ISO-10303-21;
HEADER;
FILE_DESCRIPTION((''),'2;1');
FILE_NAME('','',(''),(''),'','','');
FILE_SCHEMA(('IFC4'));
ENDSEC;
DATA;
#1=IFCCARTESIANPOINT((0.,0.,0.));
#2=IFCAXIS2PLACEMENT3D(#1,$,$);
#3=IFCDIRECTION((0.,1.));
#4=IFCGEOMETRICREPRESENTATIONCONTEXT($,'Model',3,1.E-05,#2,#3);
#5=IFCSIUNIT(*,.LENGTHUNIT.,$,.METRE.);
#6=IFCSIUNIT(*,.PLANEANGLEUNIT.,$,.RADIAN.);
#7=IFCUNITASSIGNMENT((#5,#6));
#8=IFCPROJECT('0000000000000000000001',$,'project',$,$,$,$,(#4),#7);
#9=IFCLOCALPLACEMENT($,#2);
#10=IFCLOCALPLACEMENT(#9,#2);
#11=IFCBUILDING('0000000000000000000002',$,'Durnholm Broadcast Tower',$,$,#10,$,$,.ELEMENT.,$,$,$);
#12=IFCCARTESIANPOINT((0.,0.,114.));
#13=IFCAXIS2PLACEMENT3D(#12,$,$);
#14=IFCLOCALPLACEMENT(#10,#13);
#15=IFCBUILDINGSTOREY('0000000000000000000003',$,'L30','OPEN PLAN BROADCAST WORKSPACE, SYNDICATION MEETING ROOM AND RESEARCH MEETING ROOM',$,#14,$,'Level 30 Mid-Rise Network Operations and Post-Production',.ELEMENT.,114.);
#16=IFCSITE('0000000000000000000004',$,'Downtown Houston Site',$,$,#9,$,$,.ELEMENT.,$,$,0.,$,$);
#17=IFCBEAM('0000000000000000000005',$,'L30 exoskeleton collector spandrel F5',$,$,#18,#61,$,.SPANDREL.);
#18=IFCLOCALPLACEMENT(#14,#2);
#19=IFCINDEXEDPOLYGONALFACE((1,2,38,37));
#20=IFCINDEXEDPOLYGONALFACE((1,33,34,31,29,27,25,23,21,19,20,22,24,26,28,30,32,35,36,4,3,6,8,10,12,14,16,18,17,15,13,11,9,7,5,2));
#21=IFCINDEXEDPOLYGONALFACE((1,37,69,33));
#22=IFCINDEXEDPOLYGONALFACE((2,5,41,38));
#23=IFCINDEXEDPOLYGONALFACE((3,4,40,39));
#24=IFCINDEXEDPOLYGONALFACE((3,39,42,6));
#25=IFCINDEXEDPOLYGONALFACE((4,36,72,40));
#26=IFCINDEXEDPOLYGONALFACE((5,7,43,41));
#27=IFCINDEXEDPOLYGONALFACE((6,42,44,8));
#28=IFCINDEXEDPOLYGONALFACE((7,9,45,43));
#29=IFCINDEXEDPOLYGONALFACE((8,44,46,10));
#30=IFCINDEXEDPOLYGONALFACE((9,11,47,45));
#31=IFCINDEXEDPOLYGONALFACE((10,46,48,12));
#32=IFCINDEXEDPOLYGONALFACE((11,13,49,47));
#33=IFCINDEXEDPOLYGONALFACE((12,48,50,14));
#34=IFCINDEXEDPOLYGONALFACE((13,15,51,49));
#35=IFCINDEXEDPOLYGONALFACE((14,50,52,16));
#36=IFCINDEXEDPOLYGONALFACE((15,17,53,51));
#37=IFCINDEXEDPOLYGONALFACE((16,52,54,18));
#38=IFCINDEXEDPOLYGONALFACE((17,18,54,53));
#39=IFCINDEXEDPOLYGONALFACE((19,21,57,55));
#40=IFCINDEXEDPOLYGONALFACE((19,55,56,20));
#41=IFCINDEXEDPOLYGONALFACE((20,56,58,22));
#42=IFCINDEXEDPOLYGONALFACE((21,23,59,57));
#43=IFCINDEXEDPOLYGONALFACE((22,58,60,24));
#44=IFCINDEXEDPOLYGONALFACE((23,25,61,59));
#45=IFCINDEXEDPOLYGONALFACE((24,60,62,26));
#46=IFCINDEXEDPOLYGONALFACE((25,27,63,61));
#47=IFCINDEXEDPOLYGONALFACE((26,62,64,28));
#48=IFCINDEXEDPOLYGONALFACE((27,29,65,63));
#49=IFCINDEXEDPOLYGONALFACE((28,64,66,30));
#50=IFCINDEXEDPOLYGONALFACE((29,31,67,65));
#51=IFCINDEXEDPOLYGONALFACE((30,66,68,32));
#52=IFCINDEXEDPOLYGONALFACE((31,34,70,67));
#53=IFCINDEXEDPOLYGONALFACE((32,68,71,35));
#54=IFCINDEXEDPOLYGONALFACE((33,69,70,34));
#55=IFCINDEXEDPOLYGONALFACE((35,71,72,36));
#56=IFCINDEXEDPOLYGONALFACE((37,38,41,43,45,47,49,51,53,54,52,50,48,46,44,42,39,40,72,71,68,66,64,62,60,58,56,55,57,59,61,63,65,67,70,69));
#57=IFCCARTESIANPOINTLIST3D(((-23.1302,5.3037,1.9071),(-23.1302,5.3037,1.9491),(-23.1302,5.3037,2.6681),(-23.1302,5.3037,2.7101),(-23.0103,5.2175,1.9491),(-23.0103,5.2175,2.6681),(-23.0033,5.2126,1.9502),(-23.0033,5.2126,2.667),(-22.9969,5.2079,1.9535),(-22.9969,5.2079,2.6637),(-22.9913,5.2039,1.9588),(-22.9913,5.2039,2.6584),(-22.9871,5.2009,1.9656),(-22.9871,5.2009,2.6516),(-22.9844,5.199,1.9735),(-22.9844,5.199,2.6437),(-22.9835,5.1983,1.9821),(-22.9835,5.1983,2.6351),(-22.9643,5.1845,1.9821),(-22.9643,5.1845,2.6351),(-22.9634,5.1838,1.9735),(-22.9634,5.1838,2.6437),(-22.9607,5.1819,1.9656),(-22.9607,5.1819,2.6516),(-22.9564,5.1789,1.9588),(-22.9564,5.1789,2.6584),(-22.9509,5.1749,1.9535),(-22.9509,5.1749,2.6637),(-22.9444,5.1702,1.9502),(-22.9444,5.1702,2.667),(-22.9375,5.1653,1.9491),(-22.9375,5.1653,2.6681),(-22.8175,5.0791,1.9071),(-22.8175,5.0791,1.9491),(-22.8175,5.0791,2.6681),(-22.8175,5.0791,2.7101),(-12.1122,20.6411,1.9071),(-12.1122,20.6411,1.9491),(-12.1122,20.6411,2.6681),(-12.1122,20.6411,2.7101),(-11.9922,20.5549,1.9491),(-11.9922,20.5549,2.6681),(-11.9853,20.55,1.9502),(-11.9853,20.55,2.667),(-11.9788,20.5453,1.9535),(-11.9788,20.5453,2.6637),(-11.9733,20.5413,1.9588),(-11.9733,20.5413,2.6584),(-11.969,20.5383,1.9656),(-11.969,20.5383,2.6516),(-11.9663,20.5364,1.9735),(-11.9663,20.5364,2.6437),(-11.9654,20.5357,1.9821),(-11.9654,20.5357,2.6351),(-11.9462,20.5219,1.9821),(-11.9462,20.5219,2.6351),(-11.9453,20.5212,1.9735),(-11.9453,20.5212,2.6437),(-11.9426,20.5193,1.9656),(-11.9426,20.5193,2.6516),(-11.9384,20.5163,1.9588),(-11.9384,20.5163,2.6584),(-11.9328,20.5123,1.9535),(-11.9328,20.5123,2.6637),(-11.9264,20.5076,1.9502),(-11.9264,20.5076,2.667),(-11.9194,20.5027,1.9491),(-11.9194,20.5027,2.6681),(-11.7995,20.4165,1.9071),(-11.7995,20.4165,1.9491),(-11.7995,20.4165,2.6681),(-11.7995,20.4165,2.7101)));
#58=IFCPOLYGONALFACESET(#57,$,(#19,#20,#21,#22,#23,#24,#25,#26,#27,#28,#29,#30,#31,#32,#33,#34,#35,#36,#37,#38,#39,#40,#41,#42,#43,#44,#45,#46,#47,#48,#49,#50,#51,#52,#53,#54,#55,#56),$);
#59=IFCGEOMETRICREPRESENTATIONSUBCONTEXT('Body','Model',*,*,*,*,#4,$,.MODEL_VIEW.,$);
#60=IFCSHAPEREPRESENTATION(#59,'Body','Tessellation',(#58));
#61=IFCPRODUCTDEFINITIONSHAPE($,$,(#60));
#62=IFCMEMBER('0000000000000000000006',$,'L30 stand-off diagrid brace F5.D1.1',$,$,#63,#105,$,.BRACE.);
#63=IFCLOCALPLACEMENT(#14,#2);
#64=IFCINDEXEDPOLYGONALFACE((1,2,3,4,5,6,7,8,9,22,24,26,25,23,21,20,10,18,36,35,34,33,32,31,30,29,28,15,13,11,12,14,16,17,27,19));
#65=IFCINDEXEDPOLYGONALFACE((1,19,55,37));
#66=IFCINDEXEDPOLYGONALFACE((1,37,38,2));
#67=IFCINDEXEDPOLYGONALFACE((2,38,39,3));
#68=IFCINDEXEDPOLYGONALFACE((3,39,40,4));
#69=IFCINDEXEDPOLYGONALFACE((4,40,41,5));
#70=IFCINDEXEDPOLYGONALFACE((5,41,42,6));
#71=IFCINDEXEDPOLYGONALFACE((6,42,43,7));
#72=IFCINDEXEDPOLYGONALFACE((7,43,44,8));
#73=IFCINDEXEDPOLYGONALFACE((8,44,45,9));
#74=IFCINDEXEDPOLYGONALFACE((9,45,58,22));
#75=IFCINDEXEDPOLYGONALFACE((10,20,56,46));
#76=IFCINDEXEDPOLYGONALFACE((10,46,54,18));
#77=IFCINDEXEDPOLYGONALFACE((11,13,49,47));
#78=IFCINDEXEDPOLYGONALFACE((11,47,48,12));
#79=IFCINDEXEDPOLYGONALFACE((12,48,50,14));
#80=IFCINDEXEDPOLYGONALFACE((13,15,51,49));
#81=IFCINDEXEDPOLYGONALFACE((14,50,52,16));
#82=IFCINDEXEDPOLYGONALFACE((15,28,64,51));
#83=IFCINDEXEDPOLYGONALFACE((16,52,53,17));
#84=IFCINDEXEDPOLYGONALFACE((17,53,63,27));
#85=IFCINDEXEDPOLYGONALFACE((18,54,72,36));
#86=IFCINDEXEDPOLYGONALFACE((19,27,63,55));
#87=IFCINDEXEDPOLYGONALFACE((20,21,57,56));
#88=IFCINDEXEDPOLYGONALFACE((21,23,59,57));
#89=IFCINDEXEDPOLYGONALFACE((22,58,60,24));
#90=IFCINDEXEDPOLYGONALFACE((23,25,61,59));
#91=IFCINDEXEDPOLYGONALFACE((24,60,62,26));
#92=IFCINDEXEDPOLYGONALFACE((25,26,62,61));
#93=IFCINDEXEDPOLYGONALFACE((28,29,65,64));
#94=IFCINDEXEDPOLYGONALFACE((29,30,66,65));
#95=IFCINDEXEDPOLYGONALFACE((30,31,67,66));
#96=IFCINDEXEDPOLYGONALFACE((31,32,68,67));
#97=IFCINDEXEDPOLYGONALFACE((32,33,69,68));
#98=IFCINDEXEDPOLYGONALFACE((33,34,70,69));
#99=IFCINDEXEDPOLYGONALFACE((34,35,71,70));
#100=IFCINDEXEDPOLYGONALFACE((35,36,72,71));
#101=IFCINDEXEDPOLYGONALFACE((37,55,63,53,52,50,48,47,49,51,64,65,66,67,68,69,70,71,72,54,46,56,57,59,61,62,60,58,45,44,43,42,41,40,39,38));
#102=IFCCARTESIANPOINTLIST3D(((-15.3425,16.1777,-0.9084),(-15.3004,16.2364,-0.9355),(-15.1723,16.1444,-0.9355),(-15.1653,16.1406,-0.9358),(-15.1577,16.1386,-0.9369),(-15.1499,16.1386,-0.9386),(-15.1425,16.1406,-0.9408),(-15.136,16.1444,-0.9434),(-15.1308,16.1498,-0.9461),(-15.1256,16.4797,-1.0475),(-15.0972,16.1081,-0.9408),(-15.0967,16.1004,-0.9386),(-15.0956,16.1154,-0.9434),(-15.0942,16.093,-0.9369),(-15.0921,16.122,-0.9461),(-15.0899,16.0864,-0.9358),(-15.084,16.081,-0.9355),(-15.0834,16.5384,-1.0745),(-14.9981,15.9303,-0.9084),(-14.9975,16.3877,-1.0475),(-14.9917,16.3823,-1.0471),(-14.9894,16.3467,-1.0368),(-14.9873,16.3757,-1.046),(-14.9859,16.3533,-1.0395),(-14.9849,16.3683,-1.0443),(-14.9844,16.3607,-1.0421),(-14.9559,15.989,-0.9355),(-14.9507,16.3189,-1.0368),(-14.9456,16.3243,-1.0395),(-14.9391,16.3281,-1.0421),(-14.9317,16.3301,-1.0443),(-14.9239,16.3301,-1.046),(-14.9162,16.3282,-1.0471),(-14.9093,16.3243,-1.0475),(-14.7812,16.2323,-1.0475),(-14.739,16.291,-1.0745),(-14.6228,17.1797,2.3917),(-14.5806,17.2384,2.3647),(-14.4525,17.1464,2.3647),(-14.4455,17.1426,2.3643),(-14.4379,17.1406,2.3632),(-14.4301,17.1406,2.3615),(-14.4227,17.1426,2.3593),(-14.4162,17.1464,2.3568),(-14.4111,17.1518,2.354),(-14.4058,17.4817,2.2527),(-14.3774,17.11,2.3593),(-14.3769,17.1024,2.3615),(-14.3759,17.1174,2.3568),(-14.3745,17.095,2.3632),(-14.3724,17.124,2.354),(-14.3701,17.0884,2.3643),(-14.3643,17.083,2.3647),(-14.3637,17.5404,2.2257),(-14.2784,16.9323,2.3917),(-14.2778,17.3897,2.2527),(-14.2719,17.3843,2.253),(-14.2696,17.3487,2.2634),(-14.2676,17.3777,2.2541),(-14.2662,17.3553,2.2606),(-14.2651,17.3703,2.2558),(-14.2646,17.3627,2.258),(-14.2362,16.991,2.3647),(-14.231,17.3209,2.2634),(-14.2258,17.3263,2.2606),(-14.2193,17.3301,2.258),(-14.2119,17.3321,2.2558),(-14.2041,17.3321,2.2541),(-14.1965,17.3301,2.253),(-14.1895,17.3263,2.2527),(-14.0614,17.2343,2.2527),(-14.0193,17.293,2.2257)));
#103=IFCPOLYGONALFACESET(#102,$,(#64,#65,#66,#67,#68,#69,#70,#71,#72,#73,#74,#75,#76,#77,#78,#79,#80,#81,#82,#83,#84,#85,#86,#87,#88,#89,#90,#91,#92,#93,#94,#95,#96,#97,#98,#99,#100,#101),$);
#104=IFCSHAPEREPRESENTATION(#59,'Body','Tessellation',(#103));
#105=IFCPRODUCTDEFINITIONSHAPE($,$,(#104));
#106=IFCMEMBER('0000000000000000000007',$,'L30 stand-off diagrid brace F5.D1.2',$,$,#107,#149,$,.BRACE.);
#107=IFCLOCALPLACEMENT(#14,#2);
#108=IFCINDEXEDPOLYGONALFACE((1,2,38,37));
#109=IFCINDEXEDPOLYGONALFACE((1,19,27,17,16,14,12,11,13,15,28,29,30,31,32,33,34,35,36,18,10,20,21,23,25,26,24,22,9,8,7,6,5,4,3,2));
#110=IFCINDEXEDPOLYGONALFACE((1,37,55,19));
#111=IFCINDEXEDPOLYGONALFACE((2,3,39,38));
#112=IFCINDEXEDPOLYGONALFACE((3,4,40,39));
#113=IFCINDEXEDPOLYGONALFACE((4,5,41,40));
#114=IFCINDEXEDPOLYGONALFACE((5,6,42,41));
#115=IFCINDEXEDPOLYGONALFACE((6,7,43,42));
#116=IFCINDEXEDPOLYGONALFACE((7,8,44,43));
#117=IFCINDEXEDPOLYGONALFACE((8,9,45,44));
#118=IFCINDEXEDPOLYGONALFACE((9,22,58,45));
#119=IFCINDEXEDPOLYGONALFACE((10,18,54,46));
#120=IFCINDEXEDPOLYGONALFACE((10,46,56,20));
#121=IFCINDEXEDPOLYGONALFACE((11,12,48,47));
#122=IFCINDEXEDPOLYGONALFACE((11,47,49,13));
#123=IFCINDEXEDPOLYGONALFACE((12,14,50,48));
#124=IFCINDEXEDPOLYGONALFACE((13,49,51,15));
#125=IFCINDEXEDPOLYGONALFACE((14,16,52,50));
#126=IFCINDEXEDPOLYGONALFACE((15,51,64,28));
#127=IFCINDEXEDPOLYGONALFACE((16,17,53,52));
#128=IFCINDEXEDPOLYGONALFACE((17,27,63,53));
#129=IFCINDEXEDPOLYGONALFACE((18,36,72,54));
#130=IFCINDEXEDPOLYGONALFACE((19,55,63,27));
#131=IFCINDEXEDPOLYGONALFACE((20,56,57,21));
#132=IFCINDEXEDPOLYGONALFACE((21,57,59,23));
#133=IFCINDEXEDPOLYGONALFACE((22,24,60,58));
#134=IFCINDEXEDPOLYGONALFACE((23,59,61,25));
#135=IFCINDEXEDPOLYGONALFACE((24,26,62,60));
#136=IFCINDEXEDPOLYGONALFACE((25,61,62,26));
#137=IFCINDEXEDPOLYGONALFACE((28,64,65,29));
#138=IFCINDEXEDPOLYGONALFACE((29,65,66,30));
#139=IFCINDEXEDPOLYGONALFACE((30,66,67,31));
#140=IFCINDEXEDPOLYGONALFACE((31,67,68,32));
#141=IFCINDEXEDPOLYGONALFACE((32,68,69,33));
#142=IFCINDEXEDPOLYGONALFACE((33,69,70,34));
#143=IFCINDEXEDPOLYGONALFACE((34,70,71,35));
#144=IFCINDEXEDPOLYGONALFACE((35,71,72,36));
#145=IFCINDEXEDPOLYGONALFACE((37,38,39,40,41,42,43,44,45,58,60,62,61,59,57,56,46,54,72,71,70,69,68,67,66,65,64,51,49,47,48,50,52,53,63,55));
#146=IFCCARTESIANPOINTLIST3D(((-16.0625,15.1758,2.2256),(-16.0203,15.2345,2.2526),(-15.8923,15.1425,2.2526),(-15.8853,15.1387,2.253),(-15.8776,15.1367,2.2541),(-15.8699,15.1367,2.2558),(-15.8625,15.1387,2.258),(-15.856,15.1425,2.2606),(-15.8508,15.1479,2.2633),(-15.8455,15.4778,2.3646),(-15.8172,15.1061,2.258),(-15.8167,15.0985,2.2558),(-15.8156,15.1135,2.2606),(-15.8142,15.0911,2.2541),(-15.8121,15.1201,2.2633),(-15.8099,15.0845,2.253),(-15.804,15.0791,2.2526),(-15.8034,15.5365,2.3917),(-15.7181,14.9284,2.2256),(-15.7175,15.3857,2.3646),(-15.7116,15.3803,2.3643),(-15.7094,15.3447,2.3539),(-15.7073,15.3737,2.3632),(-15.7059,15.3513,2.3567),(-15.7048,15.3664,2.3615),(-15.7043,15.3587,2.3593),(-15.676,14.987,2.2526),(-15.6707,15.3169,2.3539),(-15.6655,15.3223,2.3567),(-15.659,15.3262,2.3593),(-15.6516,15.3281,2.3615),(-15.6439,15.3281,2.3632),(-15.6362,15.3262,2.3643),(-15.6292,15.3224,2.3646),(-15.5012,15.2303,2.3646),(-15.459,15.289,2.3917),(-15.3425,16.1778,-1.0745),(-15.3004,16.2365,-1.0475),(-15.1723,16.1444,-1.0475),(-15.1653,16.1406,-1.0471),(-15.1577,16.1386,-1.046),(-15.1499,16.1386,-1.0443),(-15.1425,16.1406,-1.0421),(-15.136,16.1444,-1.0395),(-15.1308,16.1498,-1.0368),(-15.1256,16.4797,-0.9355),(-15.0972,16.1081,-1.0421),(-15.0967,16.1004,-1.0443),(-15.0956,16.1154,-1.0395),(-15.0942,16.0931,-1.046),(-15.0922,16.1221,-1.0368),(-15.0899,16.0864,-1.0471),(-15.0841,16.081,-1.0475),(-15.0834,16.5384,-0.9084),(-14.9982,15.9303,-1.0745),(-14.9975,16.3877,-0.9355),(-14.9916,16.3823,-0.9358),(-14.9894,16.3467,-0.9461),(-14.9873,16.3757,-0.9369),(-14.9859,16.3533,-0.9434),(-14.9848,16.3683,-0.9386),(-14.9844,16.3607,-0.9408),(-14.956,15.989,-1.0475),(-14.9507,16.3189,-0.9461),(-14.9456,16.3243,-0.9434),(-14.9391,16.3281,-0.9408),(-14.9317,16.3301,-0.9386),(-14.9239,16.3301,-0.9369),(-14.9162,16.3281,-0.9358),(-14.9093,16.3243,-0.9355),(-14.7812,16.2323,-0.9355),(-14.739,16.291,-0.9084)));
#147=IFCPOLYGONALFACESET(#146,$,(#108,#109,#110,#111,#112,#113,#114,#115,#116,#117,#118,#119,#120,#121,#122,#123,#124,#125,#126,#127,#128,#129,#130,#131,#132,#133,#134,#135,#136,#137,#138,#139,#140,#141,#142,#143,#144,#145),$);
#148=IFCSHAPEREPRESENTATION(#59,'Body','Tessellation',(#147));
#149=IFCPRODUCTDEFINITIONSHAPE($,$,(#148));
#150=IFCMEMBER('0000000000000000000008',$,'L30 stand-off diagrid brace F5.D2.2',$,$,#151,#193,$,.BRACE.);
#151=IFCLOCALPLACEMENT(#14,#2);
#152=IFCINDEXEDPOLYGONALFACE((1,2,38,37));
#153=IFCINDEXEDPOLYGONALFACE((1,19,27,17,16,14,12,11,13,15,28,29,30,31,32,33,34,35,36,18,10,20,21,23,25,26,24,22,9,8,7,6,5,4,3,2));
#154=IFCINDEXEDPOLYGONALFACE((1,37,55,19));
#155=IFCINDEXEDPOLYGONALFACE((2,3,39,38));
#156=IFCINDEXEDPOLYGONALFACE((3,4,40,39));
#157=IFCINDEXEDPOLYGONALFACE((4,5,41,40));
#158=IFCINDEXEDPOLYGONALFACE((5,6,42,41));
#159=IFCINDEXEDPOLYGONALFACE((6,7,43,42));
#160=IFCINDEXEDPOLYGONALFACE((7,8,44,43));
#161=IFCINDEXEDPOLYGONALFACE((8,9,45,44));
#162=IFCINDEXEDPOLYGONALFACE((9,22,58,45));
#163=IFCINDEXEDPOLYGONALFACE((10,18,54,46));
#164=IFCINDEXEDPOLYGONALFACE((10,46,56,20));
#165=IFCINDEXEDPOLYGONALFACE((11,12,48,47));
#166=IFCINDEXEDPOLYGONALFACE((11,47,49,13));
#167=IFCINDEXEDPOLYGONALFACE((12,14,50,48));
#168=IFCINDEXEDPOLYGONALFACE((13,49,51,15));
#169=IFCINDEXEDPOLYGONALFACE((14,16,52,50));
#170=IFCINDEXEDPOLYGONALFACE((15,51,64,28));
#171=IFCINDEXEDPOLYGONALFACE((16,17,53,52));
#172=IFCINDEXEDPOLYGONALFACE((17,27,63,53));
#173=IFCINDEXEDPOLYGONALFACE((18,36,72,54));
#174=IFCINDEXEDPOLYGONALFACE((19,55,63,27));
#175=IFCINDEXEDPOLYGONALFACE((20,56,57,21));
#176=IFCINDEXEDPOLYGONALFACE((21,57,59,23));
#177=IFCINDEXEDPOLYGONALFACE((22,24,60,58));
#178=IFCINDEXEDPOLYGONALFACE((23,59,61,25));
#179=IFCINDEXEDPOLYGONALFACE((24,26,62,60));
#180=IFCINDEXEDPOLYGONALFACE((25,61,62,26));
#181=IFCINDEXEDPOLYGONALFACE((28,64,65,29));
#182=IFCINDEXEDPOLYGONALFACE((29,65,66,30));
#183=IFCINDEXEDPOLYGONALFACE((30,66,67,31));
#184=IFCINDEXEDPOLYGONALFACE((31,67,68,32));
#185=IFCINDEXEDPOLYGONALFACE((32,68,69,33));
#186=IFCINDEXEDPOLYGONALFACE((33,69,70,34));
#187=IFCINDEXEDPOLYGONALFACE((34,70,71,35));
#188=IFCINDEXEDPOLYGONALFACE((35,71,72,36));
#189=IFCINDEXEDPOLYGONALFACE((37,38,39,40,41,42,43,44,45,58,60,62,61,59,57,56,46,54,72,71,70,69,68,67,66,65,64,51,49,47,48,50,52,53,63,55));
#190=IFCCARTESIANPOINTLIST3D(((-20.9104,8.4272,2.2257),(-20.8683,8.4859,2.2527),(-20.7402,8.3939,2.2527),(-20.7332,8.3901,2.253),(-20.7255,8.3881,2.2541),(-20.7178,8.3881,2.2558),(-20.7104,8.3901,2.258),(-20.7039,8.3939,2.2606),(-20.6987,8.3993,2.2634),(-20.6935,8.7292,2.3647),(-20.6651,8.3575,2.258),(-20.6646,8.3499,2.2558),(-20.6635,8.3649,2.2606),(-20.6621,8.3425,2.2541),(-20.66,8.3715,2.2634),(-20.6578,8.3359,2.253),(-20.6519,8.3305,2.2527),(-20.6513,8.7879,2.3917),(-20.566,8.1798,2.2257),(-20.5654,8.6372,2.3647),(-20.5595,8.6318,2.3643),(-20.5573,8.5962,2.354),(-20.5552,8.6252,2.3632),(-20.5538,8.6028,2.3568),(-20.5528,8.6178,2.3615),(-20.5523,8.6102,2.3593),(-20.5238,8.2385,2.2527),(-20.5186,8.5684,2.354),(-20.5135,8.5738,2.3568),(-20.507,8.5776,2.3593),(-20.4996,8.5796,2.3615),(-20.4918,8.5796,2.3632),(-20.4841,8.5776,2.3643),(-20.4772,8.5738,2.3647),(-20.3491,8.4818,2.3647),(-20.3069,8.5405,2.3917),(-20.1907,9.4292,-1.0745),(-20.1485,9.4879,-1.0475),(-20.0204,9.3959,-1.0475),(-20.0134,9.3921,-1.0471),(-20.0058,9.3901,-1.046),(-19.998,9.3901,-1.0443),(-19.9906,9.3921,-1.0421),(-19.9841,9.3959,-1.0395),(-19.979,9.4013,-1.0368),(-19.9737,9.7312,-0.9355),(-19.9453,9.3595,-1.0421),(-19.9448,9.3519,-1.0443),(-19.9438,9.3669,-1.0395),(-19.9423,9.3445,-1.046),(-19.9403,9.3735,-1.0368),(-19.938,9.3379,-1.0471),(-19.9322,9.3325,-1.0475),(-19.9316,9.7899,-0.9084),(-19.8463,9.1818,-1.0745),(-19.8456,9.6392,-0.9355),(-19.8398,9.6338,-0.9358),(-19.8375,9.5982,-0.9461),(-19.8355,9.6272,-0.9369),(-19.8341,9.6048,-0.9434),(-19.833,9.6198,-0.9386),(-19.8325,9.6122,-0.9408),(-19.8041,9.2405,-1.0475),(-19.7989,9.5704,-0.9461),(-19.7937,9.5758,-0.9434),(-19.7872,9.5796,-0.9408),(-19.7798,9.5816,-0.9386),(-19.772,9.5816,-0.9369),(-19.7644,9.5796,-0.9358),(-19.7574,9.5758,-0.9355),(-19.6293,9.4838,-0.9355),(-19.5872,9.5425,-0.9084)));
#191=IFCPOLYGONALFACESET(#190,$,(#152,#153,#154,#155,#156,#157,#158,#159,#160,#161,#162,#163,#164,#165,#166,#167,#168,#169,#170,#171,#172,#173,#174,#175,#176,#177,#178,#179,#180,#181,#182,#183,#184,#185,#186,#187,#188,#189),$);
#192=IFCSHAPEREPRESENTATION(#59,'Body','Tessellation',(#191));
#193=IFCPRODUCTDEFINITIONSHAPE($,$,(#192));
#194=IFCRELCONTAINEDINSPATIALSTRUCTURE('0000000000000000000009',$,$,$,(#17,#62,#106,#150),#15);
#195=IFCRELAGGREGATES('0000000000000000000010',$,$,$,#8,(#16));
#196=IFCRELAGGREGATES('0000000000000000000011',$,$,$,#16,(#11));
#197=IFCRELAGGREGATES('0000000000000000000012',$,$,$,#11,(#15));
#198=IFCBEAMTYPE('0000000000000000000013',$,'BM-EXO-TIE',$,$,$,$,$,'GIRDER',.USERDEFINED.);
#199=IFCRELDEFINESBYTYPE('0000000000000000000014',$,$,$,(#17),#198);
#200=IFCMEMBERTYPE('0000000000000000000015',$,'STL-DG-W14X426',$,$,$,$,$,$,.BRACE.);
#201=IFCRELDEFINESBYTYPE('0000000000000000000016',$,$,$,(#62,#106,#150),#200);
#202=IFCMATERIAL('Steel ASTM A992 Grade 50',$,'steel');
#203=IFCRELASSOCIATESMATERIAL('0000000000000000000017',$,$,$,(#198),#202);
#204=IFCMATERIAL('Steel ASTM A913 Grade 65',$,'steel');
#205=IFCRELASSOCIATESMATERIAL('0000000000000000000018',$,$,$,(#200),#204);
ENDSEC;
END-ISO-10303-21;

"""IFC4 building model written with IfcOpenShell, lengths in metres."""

from ifc_helpers import new_model, si_unit, direction, frame, origin, origin_2d, place, context, subcontext, project, spatial, i_section, extrude, source, transform, mapped, material, material_profile, profile_set, type_object, type_shapes, element, save


model = new_model("IFC4")

# Units and contexts
model_context = context("Model", 3, precision=1e-05, world=origin(), true_north=direction((0.0, 1.0)))
body_context = subcontext(model_context, "Body", "Model", "MODEL_VIEW")
ifc_project = project(units=[si_unit("LENGTHUNIT", "METRE"), si_unit("PLANEANGLEUNIT", "RADIAN")], contexts=[model_context])

# Site, building, storey
site_placement = place(None, origin())
site = spatial("IfcSite", under=ifc_project, at=site_placement, Name="Downtown Houston Site", CompositionType="ELEMENT", RefElevation=0.0)
building_placement = place(site_placement, origin())
building = spatial("IfcBuilding", under=site, at=building_placement, Name="Durnholm Broadcast Tower", CompositionType="ELEMENT")
storey_placement = place(building_placement, frame((0.0, 0.0, 114.0)))
storey = spatial("IfcBuildingStorey", under=building, at=storey_placement, Name="L30", Description="OPEN PLAN BROADCAST WORKSPACE, SYNDICATION MEETING ROOM AND RESEARCH MEETING ROOM", LongName="Level 30 Mid-Rise Network Operations and Post-Production", CompositionType="ELEMENT", Elevation=114.0)

# Beam
ifc_material_1 = material(Name="Steel ASTM A992 Grade 50", Category="steel")
ifc_material_profile_1 = material_profile(ifc_material_1, i_section(OverallWidth=0.385, OverallDepth=0.803, WebThickness=0.0237, FlangeThickness=0.042, FilletRadius=0.033, at=origin_2d()), Name="W30X261")
ifc_profile_set_1 = profile_set([ifc_material_profile_1], Name="Steel ASTM A992 Grade 50")
beam_type = type_object("IfcBeamType", Name="BM-EXO-TIE", ElementType="GIRDER", PredefinedType="USERDEFINED", material=ifc_profile_set_1)
shared_shape_1 = source(origin(), body_context, "Body", "SweptSolid", [
    extrude(i_section(OverallWidth=0.385, OverallDepth=0.803, WebThickness=0.0237, FlangeThickness=0.042, FilletRadius=0.033, at=origin_2d()), origin(), (0.0, 0.0, 1.0), 18.8848),
])
type_shapes(beam_type, [shared_shape_1])
beam_placement = place(storey_placement, frame((-11.9558, 20.5288, 2.3086), z_axis=(-0.583437, -0.812158, 0.0), x_axis=(0.812158, -0.583437, 0.0)))
element("IfcBeam", 1, at=beam_placement, inside=storey, type_object=beam_type, Name="L30 exoskeleton collector spandrel F5", PredefinedType="SPANDREL", context=body_context, shape_type="MappedRepresentation", body=[
    mapped(shared_shape_1, transform((0.0, 0.0, 0.0), x_axis=(1.0, 0.0, 0.0), y_axis=(0.0, 1.0, 0.0), z_axis=(0.0, 0.0, 1.0), scale=1.0)),
])

# Members
ifc_material_2 = material(Name="Steel ASTM A913 Grade 65", Category="steel")
ifc_material_profile_2 = material_profile(ifc_material_2, i_section(OverallWidth=0.4241, OverallDepth=0.4741, WebThickness=0.0476, FlangeThickness=0.0771, FilletRadius=0.0305, at=origin_2d()), Name="W14X426")
ifc_profile_set_2 = profile_set([ifc_material_profile_2], Name="Steel ASTM A913 Grade 65")
member_type_1 = type_object("IfcMemberType", Name="STL-DG-W14X426", PredefinedType="BRACE", material=ifc_profile_set_2)
shared_shape_2 = source(origin(), body_context, "Body", "SweptSolid", [
    extrude(i_section(OverallWidth=0.4241, OverallDepth=0.4741, WebThickness=0.0476, FlangeThickness=0.0771, FilletRadius=0.0305, at=origin_2d()), origin(), (0.0, 0.0, 1.0), 3.5232),
])
type_shapes(member_type_1, [shared_shape_2])
for number, where, z_axis, x_axis, name in (
    (2, (-15.0408, 16.2344, -0.9915), (0.204288, 0.284395, 0.936689), (-0.812179, 0.583408, 0.0), "L30 stand-off diagrid brace F5.D1.1"),
    (3, (-15.0408, 16.2344, -0.9915), (-0.204354, -0.284391, 0.936675), (0.812086, -0.583538, 0.0), "L30 stand-off diagrid brace F5.D1.2"),
    (4, (-19.8889, 9.4858, -0.9915), (-0.204288, -0.284395, 0.936689), (0.812179, -0.583408, 0.0), "L30 stand-off diagrid brace F5.D2.2"),
):
    element("IfcMember", number, at=place(storey_placement, frame(where, z_axis=z_axis, x_axis=x_axis)), inside=storey, type_object=member_type_1, Name=name, PredefinedType="BRACE", context=body_context, shape_type="MappedRepresentation", body=[
        mapped(shared_shape_2, transform((0.0, 0.0, 0.0), x_axis=(1.0, 0.0, 0.0), y_axis=(0.0, 1.0, 0.0), z_axis=(0.0, 0.0, 1.0), scale=1.0)),
    ])

save(model, "model.ifc")
